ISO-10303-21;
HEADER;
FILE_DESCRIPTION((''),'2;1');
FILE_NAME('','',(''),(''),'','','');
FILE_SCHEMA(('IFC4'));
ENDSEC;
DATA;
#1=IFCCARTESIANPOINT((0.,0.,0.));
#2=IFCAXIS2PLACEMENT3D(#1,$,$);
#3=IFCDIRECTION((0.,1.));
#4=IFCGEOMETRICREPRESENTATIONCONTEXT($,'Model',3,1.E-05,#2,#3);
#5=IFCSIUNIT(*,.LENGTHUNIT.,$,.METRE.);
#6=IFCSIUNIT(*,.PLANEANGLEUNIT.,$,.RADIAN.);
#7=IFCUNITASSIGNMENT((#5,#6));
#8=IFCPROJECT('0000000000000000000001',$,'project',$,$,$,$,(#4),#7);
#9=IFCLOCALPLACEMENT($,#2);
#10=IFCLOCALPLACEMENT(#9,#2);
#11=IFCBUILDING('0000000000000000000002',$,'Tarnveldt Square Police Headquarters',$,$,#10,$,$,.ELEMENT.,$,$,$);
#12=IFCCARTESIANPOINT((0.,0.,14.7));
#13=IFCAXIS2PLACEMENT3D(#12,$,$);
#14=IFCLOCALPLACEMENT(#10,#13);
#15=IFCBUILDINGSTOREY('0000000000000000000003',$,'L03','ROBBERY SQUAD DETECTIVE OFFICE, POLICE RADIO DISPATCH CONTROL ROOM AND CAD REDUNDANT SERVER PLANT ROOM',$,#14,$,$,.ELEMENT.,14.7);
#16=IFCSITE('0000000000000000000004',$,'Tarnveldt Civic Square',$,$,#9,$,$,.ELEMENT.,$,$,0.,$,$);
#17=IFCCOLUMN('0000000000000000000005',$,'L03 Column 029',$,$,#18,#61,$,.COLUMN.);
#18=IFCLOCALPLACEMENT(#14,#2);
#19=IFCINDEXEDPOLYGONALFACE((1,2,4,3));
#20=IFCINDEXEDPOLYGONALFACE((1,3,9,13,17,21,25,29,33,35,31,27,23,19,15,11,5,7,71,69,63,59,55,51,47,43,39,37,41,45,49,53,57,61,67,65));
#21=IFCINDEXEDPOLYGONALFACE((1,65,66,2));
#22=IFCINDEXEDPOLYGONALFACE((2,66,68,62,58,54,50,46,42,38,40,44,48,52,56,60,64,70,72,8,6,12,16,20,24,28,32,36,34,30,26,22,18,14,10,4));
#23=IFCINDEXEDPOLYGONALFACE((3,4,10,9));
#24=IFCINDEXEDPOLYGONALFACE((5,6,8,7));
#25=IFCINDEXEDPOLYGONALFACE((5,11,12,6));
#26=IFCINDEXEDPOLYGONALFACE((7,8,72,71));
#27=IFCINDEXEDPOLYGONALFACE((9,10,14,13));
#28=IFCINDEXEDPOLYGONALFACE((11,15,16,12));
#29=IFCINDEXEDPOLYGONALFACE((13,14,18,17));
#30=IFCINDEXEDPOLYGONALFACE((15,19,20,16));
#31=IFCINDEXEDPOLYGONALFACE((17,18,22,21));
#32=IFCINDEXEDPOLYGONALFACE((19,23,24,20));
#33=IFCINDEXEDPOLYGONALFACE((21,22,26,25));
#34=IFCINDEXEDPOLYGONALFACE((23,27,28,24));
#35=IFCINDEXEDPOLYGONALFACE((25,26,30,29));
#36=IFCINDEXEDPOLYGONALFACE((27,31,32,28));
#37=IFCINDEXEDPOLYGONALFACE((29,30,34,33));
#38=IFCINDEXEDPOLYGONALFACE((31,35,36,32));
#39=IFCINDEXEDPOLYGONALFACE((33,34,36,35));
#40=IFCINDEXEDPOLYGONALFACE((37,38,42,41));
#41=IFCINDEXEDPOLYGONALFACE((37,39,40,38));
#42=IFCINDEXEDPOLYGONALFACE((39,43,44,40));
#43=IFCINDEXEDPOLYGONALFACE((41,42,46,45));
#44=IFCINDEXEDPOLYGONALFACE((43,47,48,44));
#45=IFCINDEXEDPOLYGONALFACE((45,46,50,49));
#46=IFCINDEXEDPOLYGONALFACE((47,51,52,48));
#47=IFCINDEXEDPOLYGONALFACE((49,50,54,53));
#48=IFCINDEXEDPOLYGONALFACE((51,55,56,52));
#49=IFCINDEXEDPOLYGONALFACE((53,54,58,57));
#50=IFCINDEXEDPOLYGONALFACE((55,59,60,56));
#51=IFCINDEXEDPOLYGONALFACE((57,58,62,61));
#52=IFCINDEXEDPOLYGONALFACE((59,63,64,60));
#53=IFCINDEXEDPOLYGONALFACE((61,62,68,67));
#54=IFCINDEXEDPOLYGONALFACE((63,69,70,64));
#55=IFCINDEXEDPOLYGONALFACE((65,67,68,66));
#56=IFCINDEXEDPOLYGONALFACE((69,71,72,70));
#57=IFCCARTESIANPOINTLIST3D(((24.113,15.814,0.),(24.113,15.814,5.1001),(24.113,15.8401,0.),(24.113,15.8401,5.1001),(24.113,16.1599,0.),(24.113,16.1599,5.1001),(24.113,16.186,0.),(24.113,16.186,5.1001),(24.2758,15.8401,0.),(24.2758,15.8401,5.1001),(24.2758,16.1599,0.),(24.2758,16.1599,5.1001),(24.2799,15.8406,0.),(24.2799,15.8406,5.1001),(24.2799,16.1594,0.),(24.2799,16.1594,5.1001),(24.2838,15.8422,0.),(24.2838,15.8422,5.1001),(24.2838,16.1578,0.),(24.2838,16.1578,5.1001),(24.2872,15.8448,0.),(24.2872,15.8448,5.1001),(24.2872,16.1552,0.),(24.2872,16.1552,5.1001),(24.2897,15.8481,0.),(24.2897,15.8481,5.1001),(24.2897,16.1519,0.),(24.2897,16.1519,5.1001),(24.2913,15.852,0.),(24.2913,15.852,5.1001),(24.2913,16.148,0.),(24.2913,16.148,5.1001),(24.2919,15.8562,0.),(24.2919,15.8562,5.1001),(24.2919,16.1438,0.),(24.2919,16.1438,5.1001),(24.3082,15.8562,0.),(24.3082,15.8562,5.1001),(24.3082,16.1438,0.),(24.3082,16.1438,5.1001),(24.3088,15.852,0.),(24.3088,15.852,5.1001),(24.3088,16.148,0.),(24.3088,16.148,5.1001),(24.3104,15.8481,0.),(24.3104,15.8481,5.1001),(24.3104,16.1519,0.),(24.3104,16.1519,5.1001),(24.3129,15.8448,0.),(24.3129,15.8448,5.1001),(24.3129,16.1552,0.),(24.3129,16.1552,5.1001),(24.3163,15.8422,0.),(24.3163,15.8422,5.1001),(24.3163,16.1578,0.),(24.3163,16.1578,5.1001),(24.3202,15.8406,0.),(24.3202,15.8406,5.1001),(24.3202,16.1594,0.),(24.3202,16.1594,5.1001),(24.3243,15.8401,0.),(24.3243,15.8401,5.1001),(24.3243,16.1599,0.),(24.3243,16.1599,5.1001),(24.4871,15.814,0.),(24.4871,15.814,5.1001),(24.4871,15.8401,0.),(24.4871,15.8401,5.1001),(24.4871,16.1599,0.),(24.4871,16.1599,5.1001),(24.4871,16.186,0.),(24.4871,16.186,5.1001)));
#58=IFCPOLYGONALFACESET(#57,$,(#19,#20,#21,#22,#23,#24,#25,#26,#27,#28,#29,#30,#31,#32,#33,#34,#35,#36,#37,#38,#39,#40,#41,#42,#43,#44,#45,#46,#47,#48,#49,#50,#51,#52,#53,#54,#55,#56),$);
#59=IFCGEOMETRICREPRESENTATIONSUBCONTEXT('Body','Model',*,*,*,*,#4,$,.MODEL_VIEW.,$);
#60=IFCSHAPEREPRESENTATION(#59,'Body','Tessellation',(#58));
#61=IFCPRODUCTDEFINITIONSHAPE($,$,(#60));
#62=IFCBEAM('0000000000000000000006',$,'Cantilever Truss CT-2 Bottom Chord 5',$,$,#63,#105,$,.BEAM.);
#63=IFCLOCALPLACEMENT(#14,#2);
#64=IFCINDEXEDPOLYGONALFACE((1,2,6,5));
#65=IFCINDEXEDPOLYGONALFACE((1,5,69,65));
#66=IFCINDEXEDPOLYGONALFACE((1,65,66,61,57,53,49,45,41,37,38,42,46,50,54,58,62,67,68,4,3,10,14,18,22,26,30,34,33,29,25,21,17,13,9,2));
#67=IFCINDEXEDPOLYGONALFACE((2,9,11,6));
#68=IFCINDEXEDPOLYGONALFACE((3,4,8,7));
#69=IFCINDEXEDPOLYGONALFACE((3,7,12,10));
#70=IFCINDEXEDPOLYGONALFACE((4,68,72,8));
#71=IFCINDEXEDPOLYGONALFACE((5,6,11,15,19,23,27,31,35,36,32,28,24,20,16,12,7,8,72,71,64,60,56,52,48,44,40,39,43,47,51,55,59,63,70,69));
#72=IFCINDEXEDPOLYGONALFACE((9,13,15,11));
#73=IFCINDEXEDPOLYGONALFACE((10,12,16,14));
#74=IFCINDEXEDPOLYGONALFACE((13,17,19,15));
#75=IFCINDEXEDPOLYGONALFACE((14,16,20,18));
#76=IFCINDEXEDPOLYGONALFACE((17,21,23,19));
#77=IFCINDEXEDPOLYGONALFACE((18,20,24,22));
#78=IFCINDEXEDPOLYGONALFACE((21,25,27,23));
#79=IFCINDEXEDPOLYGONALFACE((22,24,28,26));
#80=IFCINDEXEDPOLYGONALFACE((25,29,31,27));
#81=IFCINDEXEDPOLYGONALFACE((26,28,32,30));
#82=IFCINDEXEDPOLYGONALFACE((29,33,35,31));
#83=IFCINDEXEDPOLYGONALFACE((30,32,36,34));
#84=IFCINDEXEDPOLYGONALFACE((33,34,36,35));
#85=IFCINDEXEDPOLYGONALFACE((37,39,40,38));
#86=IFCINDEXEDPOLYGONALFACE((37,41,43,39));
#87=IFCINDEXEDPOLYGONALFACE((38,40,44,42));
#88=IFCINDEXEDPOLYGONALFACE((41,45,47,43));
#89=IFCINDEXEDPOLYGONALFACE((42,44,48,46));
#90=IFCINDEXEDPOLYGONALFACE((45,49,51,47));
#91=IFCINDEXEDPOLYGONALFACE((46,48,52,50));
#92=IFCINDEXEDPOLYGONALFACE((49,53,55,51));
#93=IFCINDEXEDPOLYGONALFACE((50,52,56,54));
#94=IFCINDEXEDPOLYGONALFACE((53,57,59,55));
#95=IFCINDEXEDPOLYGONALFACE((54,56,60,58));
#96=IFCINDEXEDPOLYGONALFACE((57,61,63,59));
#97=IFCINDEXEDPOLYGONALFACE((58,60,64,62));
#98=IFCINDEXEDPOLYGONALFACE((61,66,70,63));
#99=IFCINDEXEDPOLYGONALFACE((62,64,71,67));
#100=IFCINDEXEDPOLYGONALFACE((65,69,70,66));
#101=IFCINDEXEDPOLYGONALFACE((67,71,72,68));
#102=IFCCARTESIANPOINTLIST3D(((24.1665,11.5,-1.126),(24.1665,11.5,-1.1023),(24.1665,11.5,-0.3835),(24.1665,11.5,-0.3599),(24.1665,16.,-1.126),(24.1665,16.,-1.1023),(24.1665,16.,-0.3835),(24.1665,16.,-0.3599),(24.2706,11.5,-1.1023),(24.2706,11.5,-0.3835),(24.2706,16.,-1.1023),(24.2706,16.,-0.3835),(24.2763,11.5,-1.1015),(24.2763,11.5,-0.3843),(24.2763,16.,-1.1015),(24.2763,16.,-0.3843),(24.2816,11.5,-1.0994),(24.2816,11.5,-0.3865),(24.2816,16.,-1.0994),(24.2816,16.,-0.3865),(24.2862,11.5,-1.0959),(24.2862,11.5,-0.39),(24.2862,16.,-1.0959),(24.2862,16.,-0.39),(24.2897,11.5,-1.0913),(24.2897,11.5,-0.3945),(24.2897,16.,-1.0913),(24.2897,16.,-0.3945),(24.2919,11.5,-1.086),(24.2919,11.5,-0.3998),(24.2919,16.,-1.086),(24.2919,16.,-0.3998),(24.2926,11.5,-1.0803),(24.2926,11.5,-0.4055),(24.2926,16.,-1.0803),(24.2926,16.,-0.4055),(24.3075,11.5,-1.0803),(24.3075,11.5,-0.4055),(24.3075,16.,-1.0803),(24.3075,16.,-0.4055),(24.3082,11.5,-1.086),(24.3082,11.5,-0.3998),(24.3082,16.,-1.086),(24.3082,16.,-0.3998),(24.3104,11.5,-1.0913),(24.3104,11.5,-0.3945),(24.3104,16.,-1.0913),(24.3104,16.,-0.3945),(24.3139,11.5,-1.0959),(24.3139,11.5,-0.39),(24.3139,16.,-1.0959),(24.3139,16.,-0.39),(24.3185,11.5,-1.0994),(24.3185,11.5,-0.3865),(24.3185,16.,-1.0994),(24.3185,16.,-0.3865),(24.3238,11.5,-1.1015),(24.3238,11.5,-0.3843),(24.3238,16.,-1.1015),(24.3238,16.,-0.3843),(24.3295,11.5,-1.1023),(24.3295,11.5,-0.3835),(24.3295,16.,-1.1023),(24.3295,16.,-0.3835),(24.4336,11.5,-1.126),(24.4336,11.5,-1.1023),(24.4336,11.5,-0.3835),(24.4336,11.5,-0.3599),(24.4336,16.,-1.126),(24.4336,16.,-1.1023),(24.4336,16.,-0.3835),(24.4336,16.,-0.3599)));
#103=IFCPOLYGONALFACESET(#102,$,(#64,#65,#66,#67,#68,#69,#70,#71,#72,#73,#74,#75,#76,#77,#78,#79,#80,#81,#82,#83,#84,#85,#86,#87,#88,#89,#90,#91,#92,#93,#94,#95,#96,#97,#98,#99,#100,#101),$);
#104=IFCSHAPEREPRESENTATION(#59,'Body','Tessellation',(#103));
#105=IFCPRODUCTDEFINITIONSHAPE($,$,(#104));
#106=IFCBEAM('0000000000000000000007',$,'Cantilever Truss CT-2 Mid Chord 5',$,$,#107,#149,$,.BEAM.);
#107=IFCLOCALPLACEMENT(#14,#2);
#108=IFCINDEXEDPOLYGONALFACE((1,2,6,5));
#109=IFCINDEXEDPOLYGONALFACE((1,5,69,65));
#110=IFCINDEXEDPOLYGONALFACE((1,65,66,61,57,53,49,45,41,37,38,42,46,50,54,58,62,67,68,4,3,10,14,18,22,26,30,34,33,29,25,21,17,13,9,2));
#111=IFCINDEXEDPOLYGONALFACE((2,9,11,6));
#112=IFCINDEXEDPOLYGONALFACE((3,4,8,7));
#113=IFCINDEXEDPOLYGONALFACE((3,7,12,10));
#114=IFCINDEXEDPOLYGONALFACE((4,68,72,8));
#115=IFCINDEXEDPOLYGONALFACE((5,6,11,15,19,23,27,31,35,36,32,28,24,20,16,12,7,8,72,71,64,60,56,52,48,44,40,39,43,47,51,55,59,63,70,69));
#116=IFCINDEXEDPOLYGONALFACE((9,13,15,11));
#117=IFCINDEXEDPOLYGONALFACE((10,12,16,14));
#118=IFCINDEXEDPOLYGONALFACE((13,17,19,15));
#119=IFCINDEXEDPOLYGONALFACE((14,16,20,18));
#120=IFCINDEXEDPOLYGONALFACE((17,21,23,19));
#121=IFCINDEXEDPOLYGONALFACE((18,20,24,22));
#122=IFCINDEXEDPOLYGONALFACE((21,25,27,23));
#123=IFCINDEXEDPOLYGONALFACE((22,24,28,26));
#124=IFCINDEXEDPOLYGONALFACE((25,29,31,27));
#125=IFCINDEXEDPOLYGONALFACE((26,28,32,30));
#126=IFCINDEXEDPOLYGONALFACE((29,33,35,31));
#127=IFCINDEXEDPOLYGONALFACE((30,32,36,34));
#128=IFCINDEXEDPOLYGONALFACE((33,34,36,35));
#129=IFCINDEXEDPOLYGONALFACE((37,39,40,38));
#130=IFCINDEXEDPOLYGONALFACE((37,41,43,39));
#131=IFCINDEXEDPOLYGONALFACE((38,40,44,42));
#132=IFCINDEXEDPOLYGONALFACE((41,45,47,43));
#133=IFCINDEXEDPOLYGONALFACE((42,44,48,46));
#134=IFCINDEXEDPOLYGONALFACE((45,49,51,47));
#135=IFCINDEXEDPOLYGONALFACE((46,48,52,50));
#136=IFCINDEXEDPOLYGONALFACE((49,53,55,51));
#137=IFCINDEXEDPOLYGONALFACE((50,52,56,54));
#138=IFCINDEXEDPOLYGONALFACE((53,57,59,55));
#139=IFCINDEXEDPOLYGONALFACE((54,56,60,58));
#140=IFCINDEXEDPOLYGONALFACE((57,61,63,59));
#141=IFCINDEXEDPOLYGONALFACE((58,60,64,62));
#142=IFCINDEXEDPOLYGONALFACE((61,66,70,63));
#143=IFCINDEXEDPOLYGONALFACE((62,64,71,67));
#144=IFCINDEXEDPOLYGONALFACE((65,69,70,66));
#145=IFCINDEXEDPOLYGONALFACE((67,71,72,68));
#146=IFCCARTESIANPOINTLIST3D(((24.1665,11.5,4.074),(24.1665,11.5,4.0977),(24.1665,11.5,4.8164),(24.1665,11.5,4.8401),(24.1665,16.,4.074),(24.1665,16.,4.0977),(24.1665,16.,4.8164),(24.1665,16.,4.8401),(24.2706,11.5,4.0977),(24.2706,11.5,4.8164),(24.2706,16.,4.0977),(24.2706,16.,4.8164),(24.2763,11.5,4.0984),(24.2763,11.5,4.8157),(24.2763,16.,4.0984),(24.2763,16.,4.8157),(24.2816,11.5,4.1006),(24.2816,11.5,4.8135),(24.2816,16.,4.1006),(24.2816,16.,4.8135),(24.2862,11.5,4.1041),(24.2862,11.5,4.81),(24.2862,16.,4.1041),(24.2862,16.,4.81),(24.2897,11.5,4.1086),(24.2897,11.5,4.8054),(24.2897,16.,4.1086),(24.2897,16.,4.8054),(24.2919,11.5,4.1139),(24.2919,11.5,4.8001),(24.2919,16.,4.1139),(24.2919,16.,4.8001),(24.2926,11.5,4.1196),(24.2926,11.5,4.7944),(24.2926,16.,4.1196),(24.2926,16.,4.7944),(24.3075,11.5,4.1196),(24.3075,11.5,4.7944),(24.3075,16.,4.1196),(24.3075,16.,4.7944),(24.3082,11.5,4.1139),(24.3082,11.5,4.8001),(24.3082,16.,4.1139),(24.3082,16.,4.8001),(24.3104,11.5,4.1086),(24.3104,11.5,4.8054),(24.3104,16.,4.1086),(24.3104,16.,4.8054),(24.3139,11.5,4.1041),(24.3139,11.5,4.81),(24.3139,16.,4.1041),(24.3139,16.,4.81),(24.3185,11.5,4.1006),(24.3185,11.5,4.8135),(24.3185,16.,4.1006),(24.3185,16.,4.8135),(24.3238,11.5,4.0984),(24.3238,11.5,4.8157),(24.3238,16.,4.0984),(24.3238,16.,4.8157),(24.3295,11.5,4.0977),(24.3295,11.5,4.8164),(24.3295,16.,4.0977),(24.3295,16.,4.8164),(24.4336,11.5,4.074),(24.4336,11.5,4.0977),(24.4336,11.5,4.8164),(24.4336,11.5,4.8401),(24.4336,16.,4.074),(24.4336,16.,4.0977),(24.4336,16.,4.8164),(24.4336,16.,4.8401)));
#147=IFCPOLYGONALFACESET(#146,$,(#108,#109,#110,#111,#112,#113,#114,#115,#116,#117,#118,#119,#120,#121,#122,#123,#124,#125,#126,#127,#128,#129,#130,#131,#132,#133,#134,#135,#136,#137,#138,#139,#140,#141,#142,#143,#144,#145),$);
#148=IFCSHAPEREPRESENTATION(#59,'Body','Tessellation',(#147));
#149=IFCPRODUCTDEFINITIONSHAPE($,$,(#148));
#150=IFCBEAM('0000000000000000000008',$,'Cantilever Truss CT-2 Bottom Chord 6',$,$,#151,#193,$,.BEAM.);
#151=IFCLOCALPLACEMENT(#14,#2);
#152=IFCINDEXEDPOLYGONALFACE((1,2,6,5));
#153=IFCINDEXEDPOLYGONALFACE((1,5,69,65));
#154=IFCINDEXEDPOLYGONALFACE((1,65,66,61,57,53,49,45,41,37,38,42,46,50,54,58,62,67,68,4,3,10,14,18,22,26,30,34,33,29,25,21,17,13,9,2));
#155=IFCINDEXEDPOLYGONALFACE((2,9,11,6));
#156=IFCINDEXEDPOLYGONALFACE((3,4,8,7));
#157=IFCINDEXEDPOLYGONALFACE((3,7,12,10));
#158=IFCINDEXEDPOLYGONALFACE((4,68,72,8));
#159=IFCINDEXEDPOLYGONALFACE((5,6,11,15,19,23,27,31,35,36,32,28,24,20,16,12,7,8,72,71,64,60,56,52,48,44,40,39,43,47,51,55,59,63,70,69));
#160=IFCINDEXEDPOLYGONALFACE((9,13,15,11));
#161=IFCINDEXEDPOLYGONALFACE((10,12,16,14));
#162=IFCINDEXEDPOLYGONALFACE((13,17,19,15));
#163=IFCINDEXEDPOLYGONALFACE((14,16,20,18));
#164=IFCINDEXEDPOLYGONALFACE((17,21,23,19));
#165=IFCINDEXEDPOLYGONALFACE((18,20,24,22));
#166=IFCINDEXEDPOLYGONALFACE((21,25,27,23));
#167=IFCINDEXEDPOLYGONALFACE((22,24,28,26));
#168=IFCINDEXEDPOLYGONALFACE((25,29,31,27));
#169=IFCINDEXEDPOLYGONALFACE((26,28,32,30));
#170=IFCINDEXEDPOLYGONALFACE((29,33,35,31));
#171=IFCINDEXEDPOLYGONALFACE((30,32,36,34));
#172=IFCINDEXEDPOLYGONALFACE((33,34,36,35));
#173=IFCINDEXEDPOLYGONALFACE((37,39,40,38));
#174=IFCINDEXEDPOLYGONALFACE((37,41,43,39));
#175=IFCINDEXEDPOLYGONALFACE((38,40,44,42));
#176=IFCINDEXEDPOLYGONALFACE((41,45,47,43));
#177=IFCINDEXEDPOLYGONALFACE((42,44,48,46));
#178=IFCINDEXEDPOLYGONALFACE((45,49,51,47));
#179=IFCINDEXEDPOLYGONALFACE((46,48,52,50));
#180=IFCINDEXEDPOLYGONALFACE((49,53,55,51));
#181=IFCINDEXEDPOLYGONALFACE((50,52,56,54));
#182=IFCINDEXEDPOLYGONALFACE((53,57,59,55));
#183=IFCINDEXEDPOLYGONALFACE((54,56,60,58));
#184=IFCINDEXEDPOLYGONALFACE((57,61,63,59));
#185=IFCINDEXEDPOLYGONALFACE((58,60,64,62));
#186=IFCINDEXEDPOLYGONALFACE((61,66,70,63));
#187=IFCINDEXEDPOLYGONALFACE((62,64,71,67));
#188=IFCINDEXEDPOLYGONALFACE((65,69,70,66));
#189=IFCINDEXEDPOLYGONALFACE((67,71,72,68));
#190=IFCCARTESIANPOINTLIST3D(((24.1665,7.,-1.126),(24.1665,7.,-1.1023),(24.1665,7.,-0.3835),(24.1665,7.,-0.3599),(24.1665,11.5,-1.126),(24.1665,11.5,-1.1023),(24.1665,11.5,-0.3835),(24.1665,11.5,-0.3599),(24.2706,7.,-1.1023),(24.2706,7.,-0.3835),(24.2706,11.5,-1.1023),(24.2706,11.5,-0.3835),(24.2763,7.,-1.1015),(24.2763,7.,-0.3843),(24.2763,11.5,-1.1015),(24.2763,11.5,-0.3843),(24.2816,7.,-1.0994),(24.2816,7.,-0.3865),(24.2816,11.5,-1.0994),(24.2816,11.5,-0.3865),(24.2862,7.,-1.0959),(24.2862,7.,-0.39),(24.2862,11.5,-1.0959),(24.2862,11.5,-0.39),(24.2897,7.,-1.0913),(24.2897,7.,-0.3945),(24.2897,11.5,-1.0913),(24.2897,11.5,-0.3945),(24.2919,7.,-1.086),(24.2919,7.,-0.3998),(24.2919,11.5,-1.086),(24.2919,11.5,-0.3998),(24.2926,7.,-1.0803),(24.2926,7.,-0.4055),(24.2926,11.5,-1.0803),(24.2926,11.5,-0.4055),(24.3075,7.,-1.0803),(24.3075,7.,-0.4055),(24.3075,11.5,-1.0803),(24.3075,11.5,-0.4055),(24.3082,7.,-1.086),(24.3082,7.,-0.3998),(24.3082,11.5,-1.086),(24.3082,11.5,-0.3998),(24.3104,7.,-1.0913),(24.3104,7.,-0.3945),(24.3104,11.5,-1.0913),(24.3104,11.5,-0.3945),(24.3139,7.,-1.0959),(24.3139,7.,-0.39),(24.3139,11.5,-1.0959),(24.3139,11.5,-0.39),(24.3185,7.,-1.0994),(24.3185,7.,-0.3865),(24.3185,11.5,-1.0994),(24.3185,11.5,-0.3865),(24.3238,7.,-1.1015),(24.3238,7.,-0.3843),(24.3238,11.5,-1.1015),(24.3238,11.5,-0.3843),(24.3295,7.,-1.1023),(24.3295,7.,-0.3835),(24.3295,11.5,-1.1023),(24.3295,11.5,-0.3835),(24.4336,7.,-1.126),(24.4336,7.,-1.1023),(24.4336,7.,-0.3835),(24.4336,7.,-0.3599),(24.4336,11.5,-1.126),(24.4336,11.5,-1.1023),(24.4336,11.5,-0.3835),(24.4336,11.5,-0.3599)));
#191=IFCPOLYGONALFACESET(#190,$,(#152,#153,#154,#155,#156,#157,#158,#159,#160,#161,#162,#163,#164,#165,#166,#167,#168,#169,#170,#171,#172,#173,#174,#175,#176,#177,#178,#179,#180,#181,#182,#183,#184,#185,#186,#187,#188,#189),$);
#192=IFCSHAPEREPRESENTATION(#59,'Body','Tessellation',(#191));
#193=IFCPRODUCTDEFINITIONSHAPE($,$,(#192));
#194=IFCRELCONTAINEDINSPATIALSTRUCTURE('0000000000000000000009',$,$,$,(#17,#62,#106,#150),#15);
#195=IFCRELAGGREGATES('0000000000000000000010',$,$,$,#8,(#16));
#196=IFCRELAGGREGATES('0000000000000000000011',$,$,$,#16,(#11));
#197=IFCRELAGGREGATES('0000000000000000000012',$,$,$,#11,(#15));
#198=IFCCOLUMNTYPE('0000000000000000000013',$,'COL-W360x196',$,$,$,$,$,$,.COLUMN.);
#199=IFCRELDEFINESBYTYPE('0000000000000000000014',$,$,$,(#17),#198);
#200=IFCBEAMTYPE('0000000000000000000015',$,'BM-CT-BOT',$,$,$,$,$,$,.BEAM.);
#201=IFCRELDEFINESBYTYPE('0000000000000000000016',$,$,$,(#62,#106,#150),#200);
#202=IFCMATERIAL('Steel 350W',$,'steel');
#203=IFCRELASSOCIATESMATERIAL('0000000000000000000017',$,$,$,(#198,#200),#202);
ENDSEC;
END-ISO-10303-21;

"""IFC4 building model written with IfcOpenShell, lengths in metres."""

from ifc_helpers import new_model, si_unit, direction, frame, origin, origin_2d, place, context, subcontext, project, spatial, i_section, extrude, material, material_profile, profile_set, type_object, element, save


model = new_model("IFC4")

# Units and contexts
model_context = context("Model", 3, precision=1e-05, world=origin(), true_north=direction((0.0, 1.0)))
body_context = subcontext(model_context, "Body", "Model", "MODEL_VIEW")
ifc_project = project(units=[si_unit("LENGTHUNIT", "METRE"), si_unit("PLANEANGLEUNIT", "RADIAN")], contexts=[model_context])

# Site, building, storey
site_placement = place(None, origin())
site = spatial("IfcSite", under=ifc_project, at=site_placement, Name="Tarnveldt Civic Square", CompositionType="ELEMENT", RefElevation=0.0)
building_placement = place(site_placement, origin())
building = spatial("IfcBuilding", under=site, at=building_placement, Name="Tarnveldt Square Police Headquarters", CompositionType="ELEMENT")
storey_placement = place(building_placement, frame((0.0, 0.0, 14.7)))
storey = spatial("IfcBuildingStorey", under=building, at=storey_placement, Name="L03", Description="ROBBERY SQUAD DETECTIVE OFFICE, POLICE RADIO DISPATCH CONTROL ROOM AND CAD REDUNDANT SERVER PLANT ROOM", CompositionType="ELEMENT", Elevation=14.7)

# Column
ifc_material_1 = material(Name="Steel 350W", Category="steel")
ifc_material_profile_1 = material_profile(ifc_material_1, i_section(OverallWidth=0.374, OverallDepth=0.3721, WebThickness=0.0164, FlangeThickness=0.0261, FilletRadius=0.0161, at=origin_2d()), Name="W360x196")
ifc_profile_set_1 = profile_set([ifc_material_profile_1], Name="Steel 350W")
column_type = type_object("IfcColumnType", Name="COL-W360x196", PredefinedType="COLUMN", material=ifc_profile_set_1)
column_placement = place(storey_placement, frame((24.3, 16.0, 0.0), z_axis=(0.0, 0.0, 1.0), x_axis=(1.0, 0.0, 0.0)))
element("IfcColumn", 1, at=column_placement, inside=storey, type_object=column_type, Name="L03 Column 029", PredefinedType="COLUMN", context=body_context, shape_type="SweptSolid", body=[
    extrude(i_section(OverallWidth=0.374, OverallDepth=0.3721, WebThickness=0.0164, FlangeThickness=0.0261, FilletRadius=0.0161, at=origin_2d()), origin(), (0.0, 0.0, 1.0), 5.1001),
])

# Beams
ifc_material_profile_2 = material_profile(ifc_material_1, i_section(OverallWidth=0.2671, OverallDepth=0.7661, WebThickness=0.0149, FlangeThickness=0.0237, FilletRadius=0.022, at=origin_2d()), Name="W760x185")
ifc_profile_set_2 = profile_set([ifc_material_profile_2], Name="Steel 350W")
beam_type_1 = type_object("IfcBeamType", Name="BM-CT-BOT", PredefinedType="BEAM", material=ifc_profile_set_2)
for number, where, z_axis, x_axis, name in (
    (2, (24.3, 16.0, -0.7429), (0.0, -1.0, 0.0), (1.0, 0.0, 0.0), "Cantilever Truss CT-2 Bottom Chord 5"),
    (3, (24.3, 16.0, 4.457), (0.0, -1.0, 0.0), (1.0, 0.0, 0.0), "Cantilever Truss CT-2 Mid Chord 5"),
    (4, (24.3, 11.5, -0.7429), (0.0, -1.0, 0.0), (1.0, 0.0, 0.0), "Cantilever Truss CT-2 Bottom Chord 6"),
):
    element("IfcBeam", number, at=place(storey_placement, frame(where, z_axis=z_axis, x_axis=x_axis)), inside=storey, type_object=beam_type_1, Name=name, PredefinedType="BEAM", context=body_context, shape_type="SweptSolid", body=[
        extrude(i_section(OverallWidth=0.2671, OverallDepth=0.7661, WebThickness=0.0149, FlangeThickness=0.0237, FilletRadius=0.022, at=origin_2d()), origin(), (0.0, 0.0, 1.0), 4.5),
    ])

save(model, "model.ifc")
